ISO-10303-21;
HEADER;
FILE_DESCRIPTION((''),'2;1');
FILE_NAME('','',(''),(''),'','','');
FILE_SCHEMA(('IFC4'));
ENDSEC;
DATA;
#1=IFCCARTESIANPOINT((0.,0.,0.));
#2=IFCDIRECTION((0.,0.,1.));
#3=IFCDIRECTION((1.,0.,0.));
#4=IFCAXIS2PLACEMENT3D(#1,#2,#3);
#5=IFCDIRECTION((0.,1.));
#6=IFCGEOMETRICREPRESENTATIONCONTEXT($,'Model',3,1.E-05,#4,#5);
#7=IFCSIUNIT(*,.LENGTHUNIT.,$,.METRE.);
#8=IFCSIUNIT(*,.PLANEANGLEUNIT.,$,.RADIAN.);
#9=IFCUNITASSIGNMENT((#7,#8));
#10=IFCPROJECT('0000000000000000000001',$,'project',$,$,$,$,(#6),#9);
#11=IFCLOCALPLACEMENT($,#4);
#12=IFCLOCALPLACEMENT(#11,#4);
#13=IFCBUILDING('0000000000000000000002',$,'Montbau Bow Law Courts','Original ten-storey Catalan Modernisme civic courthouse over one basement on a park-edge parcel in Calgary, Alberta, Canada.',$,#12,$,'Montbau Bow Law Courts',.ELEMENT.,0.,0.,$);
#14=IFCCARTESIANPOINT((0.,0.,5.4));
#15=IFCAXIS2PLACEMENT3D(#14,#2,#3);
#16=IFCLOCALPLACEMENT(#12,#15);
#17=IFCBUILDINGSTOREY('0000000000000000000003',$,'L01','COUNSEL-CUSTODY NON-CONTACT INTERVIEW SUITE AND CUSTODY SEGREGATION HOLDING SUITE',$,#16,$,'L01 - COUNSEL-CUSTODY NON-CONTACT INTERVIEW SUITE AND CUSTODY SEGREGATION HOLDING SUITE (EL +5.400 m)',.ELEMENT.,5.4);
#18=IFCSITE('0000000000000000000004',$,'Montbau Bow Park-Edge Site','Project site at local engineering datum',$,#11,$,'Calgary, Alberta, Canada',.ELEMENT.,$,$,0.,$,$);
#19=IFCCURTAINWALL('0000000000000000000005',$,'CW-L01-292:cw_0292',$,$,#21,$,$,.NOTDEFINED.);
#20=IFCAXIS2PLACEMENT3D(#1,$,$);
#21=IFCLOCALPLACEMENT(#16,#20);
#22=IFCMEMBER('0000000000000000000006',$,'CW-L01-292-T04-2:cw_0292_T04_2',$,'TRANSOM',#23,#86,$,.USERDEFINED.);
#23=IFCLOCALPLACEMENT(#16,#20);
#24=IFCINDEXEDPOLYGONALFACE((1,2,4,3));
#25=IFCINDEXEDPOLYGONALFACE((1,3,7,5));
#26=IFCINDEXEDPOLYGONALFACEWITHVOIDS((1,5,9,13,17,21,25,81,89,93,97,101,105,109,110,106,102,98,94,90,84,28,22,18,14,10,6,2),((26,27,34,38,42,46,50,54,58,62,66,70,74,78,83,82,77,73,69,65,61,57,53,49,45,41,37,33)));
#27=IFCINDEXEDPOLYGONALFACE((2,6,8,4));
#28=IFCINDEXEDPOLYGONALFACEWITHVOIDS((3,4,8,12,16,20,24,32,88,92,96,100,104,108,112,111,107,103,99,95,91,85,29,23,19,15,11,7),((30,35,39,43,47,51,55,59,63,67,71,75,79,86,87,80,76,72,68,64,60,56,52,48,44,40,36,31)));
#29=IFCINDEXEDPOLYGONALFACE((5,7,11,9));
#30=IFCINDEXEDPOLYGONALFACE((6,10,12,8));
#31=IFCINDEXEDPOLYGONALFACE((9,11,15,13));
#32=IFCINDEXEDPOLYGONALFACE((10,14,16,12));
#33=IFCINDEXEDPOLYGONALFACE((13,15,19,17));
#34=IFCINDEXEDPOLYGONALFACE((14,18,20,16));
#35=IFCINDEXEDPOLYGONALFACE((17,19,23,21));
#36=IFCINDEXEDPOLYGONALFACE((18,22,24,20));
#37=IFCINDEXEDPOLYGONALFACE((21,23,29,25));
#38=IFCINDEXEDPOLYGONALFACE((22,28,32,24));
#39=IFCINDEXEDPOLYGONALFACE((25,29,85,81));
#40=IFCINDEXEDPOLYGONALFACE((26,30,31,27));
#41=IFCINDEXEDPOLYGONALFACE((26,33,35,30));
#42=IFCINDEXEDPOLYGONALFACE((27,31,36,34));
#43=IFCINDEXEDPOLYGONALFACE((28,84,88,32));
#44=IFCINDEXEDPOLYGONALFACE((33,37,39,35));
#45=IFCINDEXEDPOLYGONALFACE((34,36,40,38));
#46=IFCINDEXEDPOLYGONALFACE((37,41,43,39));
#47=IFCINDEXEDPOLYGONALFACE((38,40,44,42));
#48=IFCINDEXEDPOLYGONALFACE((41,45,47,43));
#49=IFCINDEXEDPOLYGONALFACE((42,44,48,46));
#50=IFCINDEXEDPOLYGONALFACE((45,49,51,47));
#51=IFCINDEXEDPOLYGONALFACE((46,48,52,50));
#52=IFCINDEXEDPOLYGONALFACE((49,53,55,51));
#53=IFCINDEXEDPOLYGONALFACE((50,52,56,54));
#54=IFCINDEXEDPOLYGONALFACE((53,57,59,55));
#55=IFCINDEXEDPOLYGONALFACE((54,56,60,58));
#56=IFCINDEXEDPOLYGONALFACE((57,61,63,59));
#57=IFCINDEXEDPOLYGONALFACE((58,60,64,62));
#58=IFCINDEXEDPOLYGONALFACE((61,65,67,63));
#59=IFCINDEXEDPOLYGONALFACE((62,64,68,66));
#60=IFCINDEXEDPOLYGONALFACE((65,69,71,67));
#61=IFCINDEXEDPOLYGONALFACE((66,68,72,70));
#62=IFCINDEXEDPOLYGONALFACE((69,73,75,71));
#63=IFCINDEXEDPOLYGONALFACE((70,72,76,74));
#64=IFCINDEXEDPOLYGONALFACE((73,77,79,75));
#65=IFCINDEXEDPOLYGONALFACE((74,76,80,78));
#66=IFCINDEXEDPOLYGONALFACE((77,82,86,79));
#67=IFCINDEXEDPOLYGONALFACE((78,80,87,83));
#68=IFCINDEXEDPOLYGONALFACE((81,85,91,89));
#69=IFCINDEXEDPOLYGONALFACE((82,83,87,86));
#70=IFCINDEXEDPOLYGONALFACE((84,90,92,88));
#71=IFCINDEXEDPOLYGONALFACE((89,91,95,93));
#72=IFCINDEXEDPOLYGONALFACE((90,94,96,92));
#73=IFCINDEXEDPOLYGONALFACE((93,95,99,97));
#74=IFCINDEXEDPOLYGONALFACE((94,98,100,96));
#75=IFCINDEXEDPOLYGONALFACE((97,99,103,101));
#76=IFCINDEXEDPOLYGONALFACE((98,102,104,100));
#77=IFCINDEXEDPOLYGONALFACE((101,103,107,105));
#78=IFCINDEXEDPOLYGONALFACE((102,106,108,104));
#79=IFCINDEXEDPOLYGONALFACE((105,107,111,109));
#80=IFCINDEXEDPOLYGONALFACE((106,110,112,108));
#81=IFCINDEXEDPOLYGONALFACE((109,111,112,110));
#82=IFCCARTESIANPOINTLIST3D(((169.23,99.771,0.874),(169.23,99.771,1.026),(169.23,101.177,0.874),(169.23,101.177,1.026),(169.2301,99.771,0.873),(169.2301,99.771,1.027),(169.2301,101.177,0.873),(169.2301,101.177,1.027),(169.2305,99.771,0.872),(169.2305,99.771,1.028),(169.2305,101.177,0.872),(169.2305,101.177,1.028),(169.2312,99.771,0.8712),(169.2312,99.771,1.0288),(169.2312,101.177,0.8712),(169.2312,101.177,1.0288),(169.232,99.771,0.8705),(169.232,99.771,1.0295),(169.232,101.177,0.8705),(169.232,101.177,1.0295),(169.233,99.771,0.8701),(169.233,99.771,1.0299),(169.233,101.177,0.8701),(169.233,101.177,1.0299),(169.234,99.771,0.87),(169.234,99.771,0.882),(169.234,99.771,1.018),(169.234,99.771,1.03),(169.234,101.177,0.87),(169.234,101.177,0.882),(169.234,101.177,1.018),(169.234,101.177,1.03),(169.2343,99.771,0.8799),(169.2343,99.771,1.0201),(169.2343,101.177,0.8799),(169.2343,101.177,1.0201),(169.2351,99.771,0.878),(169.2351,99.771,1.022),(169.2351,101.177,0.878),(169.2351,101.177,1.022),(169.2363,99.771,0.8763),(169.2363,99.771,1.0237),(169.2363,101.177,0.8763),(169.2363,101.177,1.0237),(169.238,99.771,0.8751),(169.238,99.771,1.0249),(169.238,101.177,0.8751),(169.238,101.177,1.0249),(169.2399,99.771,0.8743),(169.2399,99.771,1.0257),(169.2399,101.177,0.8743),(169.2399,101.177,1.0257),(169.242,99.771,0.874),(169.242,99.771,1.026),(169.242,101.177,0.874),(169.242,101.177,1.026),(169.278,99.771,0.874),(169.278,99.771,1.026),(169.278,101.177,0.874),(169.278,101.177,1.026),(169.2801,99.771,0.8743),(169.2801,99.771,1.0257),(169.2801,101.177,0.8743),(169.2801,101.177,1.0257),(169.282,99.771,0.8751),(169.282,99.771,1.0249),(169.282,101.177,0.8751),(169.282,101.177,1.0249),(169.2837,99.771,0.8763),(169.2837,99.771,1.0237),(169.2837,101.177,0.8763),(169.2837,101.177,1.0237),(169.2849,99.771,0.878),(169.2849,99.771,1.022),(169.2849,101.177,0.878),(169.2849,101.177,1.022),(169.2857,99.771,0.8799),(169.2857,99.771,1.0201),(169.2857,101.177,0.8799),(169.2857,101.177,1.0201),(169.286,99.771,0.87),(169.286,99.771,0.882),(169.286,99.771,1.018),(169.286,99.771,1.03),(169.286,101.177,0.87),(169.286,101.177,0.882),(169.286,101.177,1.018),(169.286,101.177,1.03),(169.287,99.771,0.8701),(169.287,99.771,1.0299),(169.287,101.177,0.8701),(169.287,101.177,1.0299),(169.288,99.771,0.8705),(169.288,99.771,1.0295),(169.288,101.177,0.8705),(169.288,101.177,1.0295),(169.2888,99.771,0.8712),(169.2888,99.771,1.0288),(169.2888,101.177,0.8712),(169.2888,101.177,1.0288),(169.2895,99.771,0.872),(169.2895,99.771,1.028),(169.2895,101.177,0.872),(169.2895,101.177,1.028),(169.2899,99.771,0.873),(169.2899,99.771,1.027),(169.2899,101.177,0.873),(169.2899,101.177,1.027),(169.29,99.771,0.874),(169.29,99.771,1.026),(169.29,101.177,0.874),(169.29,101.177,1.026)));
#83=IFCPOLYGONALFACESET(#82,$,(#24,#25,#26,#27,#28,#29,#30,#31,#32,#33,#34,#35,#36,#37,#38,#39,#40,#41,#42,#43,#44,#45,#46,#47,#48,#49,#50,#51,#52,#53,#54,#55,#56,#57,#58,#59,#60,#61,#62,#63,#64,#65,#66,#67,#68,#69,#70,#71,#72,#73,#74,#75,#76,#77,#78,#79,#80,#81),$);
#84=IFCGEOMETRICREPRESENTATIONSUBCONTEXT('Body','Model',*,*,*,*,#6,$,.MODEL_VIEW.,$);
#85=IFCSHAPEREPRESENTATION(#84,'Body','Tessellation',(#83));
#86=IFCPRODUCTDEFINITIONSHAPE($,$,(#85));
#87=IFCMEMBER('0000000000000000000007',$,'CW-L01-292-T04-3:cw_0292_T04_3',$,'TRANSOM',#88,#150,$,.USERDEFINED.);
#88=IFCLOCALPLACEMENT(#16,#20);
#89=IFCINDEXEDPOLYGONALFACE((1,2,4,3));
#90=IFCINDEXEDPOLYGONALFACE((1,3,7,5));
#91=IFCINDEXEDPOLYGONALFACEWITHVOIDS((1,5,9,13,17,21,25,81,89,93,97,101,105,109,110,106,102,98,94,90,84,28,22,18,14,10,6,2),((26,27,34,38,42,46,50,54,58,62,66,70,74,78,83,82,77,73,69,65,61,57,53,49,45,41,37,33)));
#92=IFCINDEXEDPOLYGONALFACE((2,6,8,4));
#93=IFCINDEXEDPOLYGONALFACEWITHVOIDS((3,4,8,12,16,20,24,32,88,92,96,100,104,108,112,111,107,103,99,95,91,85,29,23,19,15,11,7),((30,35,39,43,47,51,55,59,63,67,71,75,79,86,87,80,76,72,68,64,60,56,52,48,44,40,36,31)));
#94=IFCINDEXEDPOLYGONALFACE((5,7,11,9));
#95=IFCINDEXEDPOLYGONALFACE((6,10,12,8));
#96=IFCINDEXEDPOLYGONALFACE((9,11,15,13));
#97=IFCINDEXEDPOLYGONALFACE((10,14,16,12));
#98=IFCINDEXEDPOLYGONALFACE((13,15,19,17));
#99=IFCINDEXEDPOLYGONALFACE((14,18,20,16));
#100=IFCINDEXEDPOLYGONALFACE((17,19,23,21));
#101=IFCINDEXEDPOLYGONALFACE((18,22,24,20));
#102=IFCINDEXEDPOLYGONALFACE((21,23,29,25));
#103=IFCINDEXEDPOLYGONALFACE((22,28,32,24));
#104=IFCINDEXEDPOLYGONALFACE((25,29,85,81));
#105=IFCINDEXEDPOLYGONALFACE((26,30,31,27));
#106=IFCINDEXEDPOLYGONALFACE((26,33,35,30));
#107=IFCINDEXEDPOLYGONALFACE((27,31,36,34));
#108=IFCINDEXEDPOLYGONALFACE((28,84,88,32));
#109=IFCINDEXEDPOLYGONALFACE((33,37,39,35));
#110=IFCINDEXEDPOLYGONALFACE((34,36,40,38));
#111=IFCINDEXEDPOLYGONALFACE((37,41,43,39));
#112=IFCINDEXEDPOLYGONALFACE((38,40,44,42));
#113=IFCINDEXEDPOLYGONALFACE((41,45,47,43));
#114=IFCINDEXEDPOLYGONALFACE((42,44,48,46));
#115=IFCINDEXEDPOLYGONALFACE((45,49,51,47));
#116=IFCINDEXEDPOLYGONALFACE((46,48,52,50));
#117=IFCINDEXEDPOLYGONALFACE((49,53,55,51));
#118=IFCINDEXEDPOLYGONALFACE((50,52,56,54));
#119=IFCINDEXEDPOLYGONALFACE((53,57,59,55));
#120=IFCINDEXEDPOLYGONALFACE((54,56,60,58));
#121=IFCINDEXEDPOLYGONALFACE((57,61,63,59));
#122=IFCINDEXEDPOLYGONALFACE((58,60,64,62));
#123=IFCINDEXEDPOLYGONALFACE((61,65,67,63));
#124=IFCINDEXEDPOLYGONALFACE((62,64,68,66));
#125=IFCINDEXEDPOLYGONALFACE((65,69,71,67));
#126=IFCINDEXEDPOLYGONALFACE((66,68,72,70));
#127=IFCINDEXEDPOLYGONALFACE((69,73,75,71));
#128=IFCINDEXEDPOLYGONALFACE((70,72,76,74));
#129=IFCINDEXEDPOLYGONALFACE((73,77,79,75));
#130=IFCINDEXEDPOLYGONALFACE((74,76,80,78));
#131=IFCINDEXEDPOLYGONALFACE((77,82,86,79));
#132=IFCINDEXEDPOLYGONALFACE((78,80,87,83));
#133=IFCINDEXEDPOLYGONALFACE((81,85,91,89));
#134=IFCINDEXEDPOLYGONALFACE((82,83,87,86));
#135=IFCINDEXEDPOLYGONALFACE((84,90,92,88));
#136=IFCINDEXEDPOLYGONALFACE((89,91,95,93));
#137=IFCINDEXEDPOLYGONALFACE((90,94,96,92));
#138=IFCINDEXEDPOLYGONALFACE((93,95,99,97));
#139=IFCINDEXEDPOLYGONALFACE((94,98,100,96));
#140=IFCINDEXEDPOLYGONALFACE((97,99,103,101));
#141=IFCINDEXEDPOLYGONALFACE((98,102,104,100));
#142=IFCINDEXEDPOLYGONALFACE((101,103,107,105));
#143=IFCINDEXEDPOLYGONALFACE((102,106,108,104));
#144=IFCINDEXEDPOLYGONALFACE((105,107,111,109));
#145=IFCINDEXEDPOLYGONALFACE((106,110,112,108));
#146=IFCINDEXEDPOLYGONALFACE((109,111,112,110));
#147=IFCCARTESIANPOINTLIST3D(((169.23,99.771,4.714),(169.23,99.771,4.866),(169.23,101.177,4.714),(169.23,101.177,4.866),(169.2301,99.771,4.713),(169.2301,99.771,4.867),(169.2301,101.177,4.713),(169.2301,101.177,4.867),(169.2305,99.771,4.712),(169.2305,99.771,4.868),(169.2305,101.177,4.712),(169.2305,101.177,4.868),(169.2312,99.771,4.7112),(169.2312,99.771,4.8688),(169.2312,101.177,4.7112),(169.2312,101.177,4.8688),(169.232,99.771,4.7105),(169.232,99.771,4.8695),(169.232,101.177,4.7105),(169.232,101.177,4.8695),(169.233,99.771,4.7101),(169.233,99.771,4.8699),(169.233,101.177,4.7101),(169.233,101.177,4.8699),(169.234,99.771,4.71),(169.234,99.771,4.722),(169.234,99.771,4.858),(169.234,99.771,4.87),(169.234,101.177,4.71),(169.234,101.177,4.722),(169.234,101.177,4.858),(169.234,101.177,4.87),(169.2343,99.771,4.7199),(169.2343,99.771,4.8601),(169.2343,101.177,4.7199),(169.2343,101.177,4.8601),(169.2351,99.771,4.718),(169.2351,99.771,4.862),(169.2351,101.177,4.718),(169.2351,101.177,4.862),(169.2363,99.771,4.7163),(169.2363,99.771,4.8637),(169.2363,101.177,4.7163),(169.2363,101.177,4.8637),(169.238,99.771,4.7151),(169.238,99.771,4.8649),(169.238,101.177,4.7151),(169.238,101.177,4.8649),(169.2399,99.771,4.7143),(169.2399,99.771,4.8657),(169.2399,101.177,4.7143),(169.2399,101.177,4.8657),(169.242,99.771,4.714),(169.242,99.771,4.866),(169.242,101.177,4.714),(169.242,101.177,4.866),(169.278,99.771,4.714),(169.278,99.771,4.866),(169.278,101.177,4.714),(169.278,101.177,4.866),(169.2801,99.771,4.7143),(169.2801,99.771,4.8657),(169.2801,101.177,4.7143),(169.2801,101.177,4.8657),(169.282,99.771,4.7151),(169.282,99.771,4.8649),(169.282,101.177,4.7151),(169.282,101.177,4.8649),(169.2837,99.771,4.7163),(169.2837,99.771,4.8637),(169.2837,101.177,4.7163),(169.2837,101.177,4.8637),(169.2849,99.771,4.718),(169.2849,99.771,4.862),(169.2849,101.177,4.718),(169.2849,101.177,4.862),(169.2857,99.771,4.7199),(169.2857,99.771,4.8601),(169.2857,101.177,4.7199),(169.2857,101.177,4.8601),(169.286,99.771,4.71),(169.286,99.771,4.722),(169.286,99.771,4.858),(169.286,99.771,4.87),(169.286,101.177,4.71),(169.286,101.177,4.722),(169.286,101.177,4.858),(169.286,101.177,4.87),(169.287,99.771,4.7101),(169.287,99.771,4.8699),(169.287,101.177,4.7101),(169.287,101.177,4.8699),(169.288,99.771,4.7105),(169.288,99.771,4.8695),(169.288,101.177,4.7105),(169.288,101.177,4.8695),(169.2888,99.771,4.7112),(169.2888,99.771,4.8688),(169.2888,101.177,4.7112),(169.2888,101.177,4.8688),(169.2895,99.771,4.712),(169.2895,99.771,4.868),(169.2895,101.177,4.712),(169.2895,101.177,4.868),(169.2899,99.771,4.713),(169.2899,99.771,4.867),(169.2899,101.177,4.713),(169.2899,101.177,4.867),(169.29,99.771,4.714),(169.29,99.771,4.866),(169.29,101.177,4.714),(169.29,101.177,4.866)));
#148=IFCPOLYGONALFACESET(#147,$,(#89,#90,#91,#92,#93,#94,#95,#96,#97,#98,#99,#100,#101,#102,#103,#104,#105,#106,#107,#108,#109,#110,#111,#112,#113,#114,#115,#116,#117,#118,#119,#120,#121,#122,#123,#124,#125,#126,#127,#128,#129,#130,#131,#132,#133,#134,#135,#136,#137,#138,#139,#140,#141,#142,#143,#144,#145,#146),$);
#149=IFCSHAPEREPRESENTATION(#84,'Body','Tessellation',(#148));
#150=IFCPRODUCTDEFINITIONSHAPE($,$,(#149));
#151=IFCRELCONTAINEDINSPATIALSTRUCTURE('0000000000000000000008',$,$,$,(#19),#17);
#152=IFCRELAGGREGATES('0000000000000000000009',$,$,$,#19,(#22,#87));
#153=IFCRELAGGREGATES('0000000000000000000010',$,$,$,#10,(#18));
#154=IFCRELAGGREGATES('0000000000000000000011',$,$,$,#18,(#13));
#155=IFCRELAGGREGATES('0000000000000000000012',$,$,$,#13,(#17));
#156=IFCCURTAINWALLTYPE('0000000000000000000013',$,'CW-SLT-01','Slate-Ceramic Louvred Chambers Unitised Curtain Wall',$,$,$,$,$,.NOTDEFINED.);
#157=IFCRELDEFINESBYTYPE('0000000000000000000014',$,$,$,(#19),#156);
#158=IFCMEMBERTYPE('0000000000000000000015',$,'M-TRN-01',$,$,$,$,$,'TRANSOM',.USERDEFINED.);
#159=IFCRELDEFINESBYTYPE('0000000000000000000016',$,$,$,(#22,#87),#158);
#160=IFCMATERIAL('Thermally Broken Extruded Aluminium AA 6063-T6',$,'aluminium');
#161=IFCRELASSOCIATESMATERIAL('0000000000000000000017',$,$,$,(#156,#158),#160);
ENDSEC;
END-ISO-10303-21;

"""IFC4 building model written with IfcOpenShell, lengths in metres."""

from ifc_helpers import new_model, si_unit, direction, frame, origin_with_axes, origin_2d_with_axis, place, context, subcontext, project, spatial, hollow_rectangle, extrude, material, material_profile, profile_set, type_object, element, aggregate, save


model = new_model("IFC4")

# Units and contexts
model_context = context("Model", 3, precision=1e-05, world=origin_with_axes(), true_north=direction((0.0, 1.0)))
body_context = subcontext(model_context, "Body", "Model", "MODEL_VIEW")
ifc_project = project(units=[si_unit("LENGTHUNIT", "METRE"), si_unit("PLANEANGLEUNIT", "RADIAN")], contexts=[model_context])

# Site, building, storey
site_placement = place(None, origin_with_axes())
site = spatial("IfcSite", under=ifc_project, at=site_placement, Name="Montbau Bow Park-Edge Site", Description="Project site at local engineering datum", LongName="Calgary, Alberta, Canada", CompositionType="ELEMENT", RefElevation=0.0)
building_placement = place(site_placement, origin_with_axes())
building = spatial("IfcBuilding", under=site, at=building_placement, Name="Montbau Bow Law Courts", Description="Original ten-storey Catalan Modernisme civic courthouse over one basement on a park-edge parcel in Calgary, Alberta, Canada.", LongName="Montbau Bow Law Courts", CompositionType="ELEMENT", ElevationOfRefHeight=0.0, ElevationOfTerrain=0.0)
storey_placement = place(building_placement, frame((0.0, 0.0, 5.4), z_axis=(0.0, 0.0, 1.0), x_axis=(1.0, 0.0, 0.0)))
storey = spatial("IfcBuildingStorey", under=building, at=storey_placement, Name="L01", Description="COUNSEL-CUSTODY NON-CONTACT INTERVIEW SUITE AND CUSTODY SEGREGATION HOLDING SUITE", LongName="L01 - COUNSEL-CUSTODY NON-CONTACT INTERVIEW SUITE AND CUSTODY SEGREGATION HOLDING SUITE (EL +5.400 m)", CompositionType="ELEMENT", Elevation=5.4)

# Curtain wall, members
ifc_material_1 = material(Name="Thermally Broken Extruded Aluminium AA 6063-T6", Category="aluminium")
curtain_wall_type = type_object("IfcCurtainWallType", Name="CW-SLT-01", Description="Slate-Ceramic Louvred Chambers Unitised Curtain Wall", PredefinedType="NOTDEFINED", material=ifc_material_1)
curtain_wall_placement = place(None, frame((169.26, 95.315, 5.4), z_axis=(0.0, 0.0, 1.0), x_axis=(1.0, 0.0, 0.0)))
curtain_wall = element("IfcCurtainWall", 1, at=curtain_wall_placement, inside=storey, type_object=curtain_wall_type, Name="CW-L01-292:cw_0292", PredefinedType="NOTDEFINED")
ifc_material_profile_1 = material_profile(ifc_material_1, hollow_rectangle(XDim=0.06, YDim=0.16, WallThickness=0.004, InnerFilletRadius=0.008, OuterFilletRadius=0.004, at=origin_2d_with_axis()), Name="CWT-160X60", Category="Main", Priority=0)
ifc_profile_set_1 = profile_set([ifc_material_profile_1], Name="Thermally Broken Extruded Aluminium AA 6063-T6")
member_type_1 = type_object("IfcMemberType", Name="M-TRN-01", ElementType="TRANSOM", PredefinedType="USERDEFINED", material=ifc_profile_set_1)
member_1_placement = place(None, frame((169.26, 99.771, 6.35), z_axis=(0.0, 1.0, 0.0), x_axis=(-1.0, 0.0, 0.0)))
member_1 = element("IfcMember", 2, at=member_1_placement, type_object=member_type_1, Name="CW-L01-292-T04-2:cw_0292_T04_2", ObjectType="TRANSOM", PredefinedType="USERDEFINED", context=body_context, shape_type="SweptSolid", body=[
    extrude(hollow_rectangle(XDim=0.06, YDim=0.16, WallThickness=0.004, InnerFilletRadius=0.008, OuterFilletRadius=0.004, at=origin_2d_with_axis()), origin_with_axes(), (0.0, 0.0, 1.0), 1.406),
])
member_2_placement = place(None, frame((169.26, 99.771, 10.19), z_axis=(0.0, 1.0, 0.0), x_axis=(-1.0, 0.0, 0.0)))
member_2 = element("IfcMember", 3, at=member_2_placement, type_object=member_type_1, Name="CW-L01-292-T04-3:cw_0292_T04_3", ObjectType="TRANSOM", PredefinedType="USERDEFINED", context=body_context, shape_type="SweptSolid", body=[
    extrude(hollow_rectangle(XDim=0.06, YDim=0.16, WallThickness=0.004, InnerFilletRadius=0.008, OuterFilletRadius=0.004, at=origin_2d_with_axis()), origin_with_axes(), (0.0, 0.0, 1.0), 1.406),
])
aggregate(curtain_wall, [member_1, member_2])

save(model, "model.ifc")
